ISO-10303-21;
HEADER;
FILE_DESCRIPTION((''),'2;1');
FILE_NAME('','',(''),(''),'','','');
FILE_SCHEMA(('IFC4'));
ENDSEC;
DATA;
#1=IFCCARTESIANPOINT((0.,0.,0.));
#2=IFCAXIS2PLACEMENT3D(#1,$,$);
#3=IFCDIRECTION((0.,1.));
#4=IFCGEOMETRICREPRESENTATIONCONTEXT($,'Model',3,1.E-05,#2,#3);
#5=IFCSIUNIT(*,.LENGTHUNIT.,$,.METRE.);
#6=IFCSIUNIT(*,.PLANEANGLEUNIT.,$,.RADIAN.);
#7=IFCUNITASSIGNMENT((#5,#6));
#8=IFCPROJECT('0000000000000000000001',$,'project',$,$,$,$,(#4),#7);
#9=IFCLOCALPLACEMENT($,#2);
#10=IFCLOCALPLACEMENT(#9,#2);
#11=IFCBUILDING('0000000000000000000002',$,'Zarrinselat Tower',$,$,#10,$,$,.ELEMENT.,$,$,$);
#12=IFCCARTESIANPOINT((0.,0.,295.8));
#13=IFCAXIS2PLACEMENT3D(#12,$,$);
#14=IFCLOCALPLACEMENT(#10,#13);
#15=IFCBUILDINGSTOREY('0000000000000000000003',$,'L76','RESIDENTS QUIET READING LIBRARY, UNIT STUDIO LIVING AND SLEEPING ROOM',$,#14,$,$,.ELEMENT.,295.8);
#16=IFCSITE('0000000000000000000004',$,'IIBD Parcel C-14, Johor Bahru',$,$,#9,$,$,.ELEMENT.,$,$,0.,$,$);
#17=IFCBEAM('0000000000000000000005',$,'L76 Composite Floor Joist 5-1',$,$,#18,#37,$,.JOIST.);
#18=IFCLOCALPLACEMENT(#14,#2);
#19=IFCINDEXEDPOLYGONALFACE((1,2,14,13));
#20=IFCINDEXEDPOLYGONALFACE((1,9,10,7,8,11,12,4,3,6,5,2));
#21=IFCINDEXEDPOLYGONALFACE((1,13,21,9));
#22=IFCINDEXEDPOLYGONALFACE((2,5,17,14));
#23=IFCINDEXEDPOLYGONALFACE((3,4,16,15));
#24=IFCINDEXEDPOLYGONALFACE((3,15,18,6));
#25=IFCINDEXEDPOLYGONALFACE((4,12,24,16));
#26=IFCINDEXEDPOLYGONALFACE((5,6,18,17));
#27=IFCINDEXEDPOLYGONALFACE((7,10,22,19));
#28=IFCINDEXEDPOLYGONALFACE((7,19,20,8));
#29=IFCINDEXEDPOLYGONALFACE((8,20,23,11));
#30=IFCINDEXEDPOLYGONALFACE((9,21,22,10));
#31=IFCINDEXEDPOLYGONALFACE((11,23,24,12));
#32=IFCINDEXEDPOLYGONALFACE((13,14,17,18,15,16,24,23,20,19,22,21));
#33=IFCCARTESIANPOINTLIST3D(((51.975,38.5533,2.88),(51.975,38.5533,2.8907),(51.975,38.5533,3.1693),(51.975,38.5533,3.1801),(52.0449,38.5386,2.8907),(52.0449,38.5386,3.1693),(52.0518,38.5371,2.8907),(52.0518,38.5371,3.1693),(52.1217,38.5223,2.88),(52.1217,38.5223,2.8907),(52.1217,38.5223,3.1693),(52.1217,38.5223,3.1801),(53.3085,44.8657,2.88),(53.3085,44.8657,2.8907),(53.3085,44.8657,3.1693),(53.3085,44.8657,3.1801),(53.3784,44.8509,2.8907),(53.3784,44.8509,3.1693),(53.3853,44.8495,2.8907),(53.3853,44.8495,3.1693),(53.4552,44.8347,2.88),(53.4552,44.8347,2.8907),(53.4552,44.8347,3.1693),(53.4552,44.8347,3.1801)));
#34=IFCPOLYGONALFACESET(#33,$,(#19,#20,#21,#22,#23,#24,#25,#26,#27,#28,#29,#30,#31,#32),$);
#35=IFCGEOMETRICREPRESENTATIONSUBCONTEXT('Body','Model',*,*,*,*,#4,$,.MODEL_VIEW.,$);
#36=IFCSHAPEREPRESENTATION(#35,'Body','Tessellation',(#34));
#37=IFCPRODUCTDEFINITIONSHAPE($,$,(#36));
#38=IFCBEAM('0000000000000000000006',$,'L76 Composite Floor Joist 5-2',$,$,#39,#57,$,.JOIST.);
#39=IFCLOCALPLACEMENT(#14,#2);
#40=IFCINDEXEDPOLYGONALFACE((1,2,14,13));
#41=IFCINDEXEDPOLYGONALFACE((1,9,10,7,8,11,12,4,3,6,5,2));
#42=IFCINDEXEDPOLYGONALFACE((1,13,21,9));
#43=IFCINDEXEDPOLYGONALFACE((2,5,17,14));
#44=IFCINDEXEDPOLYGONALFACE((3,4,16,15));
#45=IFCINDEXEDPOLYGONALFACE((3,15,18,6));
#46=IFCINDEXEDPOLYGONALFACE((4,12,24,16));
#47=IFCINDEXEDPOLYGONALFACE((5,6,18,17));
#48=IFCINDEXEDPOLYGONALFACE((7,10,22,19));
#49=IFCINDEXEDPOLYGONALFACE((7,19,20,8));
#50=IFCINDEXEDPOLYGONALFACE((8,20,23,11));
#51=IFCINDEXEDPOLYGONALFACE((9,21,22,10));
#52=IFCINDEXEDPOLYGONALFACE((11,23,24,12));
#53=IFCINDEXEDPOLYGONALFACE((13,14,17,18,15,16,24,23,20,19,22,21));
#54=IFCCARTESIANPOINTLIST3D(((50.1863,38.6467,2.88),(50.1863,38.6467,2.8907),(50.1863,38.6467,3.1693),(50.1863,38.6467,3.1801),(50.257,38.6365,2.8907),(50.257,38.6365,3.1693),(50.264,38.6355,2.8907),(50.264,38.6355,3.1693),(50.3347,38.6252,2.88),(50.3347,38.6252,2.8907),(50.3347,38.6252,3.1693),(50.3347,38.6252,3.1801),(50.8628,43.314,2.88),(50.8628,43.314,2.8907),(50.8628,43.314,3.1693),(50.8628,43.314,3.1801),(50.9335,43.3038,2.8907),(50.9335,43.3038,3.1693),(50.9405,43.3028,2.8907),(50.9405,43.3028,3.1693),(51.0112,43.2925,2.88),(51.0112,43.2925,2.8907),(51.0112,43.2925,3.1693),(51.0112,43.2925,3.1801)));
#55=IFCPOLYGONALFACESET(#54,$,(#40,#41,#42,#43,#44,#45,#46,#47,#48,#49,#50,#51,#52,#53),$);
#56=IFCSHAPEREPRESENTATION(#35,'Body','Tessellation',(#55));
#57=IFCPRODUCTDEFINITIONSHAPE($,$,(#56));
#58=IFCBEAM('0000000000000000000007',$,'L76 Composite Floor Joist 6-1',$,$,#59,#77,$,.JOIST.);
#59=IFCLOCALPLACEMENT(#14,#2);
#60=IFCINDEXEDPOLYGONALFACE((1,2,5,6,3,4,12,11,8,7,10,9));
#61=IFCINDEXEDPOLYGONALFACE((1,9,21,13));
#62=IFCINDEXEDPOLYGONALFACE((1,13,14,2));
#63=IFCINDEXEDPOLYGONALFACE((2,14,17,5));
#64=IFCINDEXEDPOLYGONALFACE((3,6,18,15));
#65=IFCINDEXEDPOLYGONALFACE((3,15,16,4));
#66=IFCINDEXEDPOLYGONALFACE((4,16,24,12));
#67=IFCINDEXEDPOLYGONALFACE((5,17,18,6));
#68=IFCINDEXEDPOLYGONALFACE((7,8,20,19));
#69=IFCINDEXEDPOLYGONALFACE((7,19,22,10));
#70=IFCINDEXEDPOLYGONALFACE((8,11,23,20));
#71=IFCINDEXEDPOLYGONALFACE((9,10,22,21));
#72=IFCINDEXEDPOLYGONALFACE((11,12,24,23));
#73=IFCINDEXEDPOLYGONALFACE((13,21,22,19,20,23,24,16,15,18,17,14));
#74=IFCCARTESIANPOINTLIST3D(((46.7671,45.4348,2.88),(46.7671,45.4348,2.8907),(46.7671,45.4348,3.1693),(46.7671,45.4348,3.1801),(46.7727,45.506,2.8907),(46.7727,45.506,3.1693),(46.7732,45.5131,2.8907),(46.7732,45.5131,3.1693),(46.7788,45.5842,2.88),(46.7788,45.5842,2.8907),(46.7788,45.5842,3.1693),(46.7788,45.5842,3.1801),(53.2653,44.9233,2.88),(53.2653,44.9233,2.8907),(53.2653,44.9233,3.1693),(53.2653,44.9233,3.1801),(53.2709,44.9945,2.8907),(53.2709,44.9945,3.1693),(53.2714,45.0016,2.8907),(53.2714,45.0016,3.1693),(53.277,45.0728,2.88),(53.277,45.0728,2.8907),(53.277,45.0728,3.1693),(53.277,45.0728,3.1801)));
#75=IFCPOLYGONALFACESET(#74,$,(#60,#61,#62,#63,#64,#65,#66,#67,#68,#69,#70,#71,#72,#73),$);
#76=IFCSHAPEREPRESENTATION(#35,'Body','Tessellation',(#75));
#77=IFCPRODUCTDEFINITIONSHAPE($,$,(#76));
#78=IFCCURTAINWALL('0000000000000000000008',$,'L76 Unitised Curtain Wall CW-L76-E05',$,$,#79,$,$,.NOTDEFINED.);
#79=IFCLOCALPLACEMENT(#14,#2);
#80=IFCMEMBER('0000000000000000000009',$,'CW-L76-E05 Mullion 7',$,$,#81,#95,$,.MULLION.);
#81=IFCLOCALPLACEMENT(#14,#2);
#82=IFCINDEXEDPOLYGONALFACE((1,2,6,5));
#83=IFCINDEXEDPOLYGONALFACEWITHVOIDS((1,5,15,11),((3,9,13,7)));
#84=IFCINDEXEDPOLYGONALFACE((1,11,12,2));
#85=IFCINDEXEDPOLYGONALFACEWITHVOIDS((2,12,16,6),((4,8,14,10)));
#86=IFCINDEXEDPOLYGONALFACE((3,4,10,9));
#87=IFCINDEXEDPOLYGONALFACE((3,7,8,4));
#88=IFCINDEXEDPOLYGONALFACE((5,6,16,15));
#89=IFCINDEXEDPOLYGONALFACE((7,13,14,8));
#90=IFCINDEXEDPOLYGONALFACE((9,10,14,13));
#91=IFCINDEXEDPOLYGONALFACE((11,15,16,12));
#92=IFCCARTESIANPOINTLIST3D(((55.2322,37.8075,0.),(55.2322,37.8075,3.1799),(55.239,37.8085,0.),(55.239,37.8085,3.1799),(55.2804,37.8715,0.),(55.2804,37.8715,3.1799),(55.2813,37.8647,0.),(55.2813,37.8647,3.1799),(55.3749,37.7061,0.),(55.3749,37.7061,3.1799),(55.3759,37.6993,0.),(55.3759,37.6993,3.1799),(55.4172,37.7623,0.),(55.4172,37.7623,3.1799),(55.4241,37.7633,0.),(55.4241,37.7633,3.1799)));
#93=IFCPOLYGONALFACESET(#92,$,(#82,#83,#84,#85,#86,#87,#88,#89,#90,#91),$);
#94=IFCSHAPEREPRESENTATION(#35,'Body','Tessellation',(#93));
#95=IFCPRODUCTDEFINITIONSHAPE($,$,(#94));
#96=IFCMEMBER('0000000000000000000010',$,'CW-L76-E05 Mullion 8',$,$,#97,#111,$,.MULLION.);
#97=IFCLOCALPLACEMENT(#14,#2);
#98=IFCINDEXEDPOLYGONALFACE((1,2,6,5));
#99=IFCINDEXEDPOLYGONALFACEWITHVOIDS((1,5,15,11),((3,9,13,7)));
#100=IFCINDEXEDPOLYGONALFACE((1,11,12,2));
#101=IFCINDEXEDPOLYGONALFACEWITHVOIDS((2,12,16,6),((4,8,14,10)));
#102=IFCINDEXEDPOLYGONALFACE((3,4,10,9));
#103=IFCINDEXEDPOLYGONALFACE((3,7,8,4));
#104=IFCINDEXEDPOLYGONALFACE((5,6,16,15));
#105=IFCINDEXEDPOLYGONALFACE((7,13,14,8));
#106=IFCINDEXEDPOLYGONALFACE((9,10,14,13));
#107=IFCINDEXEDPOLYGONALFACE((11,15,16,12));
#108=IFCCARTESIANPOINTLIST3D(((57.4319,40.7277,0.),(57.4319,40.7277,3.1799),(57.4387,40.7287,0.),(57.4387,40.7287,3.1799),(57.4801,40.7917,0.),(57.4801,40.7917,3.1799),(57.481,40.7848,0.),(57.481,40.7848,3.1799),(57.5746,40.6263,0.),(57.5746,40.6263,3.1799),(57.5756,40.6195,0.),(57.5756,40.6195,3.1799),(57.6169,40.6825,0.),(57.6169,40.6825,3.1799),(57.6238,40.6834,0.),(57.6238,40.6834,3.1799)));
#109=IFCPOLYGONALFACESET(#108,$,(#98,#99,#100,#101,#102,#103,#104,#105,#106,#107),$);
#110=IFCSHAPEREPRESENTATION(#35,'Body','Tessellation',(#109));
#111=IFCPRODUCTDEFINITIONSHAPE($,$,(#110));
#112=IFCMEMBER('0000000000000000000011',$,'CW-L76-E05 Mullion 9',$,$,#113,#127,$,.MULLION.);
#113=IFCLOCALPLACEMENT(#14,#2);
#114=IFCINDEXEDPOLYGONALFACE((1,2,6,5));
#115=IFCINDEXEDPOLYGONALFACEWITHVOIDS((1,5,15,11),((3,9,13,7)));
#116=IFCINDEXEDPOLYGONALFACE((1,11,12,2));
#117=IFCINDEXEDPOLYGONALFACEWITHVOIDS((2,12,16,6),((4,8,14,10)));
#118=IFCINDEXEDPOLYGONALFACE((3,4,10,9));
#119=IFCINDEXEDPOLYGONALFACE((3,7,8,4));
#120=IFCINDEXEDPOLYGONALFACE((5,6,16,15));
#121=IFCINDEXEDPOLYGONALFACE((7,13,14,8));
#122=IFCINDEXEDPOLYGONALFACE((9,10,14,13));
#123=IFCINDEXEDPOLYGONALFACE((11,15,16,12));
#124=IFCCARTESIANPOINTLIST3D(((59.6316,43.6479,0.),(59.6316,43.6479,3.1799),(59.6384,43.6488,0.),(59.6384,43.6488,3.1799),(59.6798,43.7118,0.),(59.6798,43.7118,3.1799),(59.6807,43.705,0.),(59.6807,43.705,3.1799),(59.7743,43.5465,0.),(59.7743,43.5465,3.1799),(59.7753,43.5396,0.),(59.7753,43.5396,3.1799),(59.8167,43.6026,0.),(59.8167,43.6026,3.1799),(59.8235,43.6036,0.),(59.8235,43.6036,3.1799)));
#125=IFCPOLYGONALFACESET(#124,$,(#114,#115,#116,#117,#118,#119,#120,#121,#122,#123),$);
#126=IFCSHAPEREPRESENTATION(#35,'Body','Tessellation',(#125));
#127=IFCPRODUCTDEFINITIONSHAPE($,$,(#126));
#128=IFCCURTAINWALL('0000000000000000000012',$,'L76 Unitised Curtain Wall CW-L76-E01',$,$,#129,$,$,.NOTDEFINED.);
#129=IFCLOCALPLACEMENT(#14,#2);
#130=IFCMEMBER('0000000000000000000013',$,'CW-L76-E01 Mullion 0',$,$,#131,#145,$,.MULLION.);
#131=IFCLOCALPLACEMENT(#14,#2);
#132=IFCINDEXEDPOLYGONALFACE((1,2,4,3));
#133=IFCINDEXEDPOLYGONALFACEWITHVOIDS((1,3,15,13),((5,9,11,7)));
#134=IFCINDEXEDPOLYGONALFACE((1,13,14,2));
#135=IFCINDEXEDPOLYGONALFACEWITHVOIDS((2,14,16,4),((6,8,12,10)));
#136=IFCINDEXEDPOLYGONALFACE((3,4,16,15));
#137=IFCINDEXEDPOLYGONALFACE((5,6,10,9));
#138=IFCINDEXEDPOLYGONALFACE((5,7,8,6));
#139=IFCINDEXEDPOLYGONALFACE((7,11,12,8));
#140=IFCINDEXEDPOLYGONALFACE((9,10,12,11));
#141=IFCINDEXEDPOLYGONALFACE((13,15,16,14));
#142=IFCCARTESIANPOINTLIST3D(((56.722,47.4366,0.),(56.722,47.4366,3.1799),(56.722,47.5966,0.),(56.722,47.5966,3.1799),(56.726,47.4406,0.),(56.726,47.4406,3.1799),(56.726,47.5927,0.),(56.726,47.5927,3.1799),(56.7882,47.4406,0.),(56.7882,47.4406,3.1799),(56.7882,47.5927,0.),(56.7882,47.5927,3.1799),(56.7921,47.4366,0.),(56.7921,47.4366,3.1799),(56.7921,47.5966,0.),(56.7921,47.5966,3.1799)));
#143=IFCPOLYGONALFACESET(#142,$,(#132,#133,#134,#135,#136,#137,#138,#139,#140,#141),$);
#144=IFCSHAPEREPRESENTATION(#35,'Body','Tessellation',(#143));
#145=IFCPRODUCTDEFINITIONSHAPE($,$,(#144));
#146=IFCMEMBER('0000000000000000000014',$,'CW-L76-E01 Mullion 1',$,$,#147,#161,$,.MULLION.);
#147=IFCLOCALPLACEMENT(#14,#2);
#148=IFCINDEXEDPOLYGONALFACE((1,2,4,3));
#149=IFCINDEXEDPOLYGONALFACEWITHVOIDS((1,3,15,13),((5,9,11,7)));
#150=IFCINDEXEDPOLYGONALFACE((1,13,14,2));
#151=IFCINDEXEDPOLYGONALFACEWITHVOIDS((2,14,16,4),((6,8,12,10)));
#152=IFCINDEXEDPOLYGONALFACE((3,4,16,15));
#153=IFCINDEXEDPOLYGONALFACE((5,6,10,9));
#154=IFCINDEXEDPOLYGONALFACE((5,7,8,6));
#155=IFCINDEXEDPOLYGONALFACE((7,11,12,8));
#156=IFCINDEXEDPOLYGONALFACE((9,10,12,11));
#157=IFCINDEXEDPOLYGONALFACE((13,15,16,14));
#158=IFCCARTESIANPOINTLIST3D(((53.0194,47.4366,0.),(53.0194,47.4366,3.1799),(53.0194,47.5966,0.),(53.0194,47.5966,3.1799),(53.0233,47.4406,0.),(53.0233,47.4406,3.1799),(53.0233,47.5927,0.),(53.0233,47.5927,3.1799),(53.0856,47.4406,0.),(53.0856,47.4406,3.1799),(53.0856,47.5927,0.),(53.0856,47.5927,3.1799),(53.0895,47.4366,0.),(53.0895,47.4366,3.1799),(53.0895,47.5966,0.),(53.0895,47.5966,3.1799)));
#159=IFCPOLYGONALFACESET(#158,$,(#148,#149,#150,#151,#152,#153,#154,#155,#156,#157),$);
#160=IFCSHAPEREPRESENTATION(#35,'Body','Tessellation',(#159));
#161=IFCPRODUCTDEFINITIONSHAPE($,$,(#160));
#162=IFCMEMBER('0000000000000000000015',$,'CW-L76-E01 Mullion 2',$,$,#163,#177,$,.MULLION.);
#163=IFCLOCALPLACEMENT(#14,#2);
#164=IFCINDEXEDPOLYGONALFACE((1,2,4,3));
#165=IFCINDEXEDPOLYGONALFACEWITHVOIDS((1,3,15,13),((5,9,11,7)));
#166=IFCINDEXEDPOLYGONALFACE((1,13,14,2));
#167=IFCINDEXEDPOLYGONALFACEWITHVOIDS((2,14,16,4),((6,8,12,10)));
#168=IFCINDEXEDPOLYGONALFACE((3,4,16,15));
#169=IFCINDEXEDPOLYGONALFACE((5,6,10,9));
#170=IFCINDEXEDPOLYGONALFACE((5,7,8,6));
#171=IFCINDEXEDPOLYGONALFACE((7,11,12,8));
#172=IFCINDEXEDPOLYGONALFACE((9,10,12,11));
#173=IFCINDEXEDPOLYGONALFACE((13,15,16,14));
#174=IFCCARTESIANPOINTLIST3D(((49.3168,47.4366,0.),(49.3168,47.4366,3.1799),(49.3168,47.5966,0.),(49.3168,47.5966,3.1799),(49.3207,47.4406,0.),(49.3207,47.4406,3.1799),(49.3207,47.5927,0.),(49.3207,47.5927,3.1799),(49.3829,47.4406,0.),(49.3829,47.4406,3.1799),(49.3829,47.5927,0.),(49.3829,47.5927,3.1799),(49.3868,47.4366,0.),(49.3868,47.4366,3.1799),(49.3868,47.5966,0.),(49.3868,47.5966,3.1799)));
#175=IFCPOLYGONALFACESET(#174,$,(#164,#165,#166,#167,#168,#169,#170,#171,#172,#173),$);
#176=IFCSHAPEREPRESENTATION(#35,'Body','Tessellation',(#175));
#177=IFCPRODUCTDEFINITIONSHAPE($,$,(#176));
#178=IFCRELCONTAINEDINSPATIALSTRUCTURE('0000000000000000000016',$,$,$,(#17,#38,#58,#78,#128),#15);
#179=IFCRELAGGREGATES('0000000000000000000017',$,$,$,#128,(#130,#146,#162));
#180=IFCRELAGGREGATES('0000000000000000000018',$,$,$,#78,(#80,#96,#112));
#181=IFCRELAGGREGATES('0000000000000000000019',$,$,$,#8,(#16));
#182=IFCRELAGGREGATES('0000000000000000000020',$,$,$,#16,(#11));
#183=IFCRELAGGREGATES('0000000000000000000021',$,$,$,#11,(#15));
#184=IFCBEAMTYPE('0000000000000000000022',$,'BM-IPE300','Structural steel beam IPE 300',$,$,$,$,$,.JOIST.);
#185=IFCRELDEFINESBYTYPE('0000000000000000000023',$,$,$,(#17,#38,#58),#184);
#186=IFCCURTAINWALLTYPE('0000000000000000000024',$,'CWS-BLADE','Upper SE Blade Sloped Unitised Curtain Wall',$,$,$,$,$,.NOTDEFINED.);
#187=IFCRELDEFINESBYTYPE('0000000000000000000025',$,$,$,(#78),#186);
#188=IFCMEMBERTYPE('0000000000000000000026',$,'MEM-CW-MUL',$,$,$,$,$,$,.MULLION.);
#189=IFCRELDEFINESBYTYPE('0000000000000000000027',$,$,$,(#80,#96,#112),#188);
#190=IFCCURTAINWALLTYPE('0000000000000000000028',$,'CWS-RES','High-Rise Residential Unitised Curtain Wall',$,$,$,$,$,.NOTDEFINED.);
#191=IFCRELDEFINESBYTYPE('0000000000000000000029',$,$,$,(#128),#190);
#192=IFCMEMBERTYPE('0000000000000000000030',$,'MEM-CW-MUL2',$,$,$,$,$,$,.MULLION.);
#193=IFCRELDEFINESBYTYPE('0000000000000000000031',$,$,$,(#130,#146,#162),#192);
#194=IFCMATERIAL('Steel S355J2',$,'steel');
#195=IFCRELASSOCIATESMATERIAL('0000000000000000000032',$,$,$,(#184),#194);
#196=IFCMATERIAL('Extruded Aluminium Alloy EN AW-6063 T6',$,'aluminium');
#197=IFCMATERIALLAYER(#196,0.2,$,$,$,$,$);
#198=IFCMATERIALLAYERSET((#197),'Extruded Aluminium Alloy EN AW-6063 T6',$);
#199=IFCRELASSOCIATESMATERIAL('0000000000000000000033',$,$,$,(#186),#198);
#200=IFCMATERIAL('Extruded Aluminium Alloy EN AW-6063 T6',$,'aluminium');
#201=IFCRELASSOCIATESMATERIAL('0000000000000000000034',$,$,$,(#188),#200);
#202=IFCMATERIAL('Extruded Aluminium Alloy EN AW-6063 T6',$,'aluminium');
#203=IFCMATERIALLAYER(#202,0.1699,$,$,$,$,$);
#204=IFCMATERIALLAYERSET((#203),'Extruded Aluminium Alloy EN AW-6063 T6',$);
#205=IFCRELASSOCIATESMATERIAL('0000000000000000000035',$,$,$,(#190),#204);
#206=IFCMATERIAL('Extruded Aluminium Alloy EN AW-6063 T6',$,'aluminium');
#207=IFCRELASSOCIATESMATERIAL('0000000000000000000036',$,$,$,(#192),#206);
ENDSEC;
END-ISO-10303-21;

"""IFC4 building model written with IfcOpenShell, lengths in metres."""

from ifc_helpers import new_model, si_unit, direction, frame, origin, origin_2d, place, context, subcontext, project, spatial, hollow_rectangle, i_section, extrude, material, layer, layer_set, material_profile, profile_set, type_object, element, aggregate, save


model = new_model("IFC4")

# Units and contexts
model_context = context("Model", 3, precision=1e-05, world=origin(), true_north=direction((0.0, 1.0)))
body_context = subcontext(model_context, "Body", "Model", "MODEL_VIEW")
ifc_project = project(units=[si_unit("LENGTHUNIT", "METRE"), si_unit("PLANEANGLEUNIT", "RADIAN")], contexts=[model_context])

# Site, building, storey
site_placement = place(None, origin())
site = spatial("IfcSite", under=ifc_project, at=site_placement, Name="IIBD Parcel C-14, Johor Bahru", CompositionType="ELEMENT", RefElevation=0.0)
building_placement = place(site_placement, origin())
building = spatial("IfcBuilding", under=site, at=building_placement, Name="Zarrinselat Tower", CompositionType="ELEMENT")
storey_placement = place(building_placement, frame((0.0, 0.0, 295.8)))
storey = spatial("IfcBuildingStorey", under=building, at=storey_placement, Name="L76", Description="RESIDENTS QUIET READING LIBRARY, UNIT STUDIO LIVING AND SLEEPING ROOM", CompositionType="ELEMENT", Elevation=295.8)

# Beams
ifc_material_1 = material(Name="Steel S355J2", Category="steel")
ifc_material_profile_1 = material_profile(ifc_material_1, i_section(OverallWidth=0.1499, OverallDepth=0.3, WebThickness=0.0071, FlangeThickness=0.0107, at=origin_2d()), Name="IPE 300")
ifc_profile_set_1 = profile_set([ifc_material_profile_1], Name="Steel S355J2")
beam_type_1 = type_object("IfcBeamType", Name="BM-IPE300", Description="Structural steel beam IPE 300", PredefinedType="JOIST", material=ifc_profile_set_1)
beam_1_placement = place(storey_placement, frame((52.0483, 38.5378, 3.03), z_axis=(0.206693, 0.978406, 0.0), x_axis=(-0.978406, 0.206693, 0.0)))
element("IfcBeam", 1, at=beam_1_placement, inside=storey, type_object=beam_type_1, Name="L76 Composite Floor Joist 5-1", PredefinedType="JOIST", context=body_context, shape_type="SweptSolid", body=[
    extrude(i_section(OverallWidth=0.1499, OverallDepth=0.3, WebThickness=0.0071, FlangeThickness=0.0107, at=origin_2d()), origin(), (0.0, 0.0, 1.0), 6.4517),
])
beam_2_placement = place(storey_placement, frame((50.2605, 38.636, 3.03), z_axis=(0.14345, 0.989658, 0.0), x_axis=(-0.989658, 0.14345, 0.0)))
element("IfcBeam", 2, at=beam_2_placement, inside=storey, type_object=beam_type_1, Name="L76 Composite Floor Joist 5-2", PredefinedType="JOIST", context=body_context, shape_type="SweptSolid", body=[
    extrude(i_section(OverallWidth=0.1499, OverallDepth=0.3, WebThickness=0.0071, FlangeThickness=0.0107, at=origin_2d()), origin(), (0.0, 0.0, 1.0), 4.7161),
])
beam_3_placement = place(storey_placement, frame((46.7729, 45.5095, 3.03), z_axis=(0.996917, -0.078466, 0.0), x_axis=(0.078466, 0.996917, 0.0)))
element("IfcBeam", 3, at=beam_3_placement, inside=storey, type_object=beam_type_1, Name="L76 Composite Floor Joist 6-1", PredefinedType="JOIST", context=body_context, shape_type="SweptSolid", body=[
    extrude(i_section(OverallWidth=0.1499, OverallDepth=0.3, WebThickness=0.0071, FlangeThickness=0.0107, at=origin_2d()), origin(), (0.0, 0.0, 1.0), 6.5183),
])

# Curtain walls, members
ifc_material_2 = material(Name="Extruded Aluminium Alloy EN AW-6063 T6", Category="aluminium")
ifc_layer_1 = layer(ifc_material_2, 0.2)
ifc_layer_set_1 = layer_set([ifc_layer_1], Name="Extruded Aluminium Alloy EN AW-6063 T6")
curtain_wall_type_1 = type_object("IfcCurtainWallType", Name="CWS-BLADE", Description="Upper SE Blade Sloped Unitised Curtain Wall", PredefinedType="NOTDEFINED", material=ifc_layer_set_1)
curtain_wall_1_placement = place(storey_placement, origin())
curtain_wall_1 = element("IfcCurtainWall", 4, at=curtain_wall_1_placement, inside=storey, type_object=curtain_wall_type_1, Name="L76 Unitised Curtain Wall CW-L76-E05", PredefinedType="NOTDEFINED")
ifc_material_3 = material(Name="Extruded Aluminium Alloy EN AW-6063 T6", Category="aluminium")
ifc_material_profile_2 = material_profile(ifc_material_3, hollow_rectangle(XDim=0.0801, YDim=0.1799, WallThickness=0.0049, at=origin_2d()), Name="RHS 180x80x5")
ifc_profile_set_2 = profile_set([ifc_material_profile_2], Name="Extruded Aluminium Alloy EN AW-6063 T6")
member_type_1 = type_object("IfcMemberType", Name="MEM-CW-MUL", PredefinedType="MULLION", material=ifc_profile_set_2)
member_1_placement = place(storey_placement, frame((55.3281, 37.7854, 0.0), z_axis=(0.0, 0.0, 1.0), x_axis=(0.601673, 0.798743, 0.0)))
member_1 = element("IfcMember", 5, at=member_1_placement, type_object=member_type_1, Name="CW-L76-E05 Mullion 7", PredefinedType="MULLION", context=body_context, shape_type="SweptSolid", body=[
    extrude(hollow_rectangle(XDim=0.0801, YDim=0.1799, WallThickness=0.0049, at=origin_2d()), origin(), (0.0, 0.0, 1.0), 3.1799),
])
member_2_placement = place(storey_placement, frame((57.5278, 40.7056, 0.0), z_axis=(0.0, 0.0, 1.0), x_axis=(0.601673, 0.798743, 0.0)))
member_2 = element("IfcMember", 6, at=member_2_placement, type_object=member_type_1, Name="CW-L76-E05 Mullion 8", PredefinedType="MULLION", context=body_context, shape_type="SweptSolid", body=[
    extrude(hollow_rectangle(XDim=0.0801, YDim=0.1799, WallThickness=0.0049, at=origin_2d()), origin(), (0.0, 0.0, 1.0), 3.1799),
])
member_3_placement = place(storey_placement, frame((59.7275, 43.6257, 0.0), z_axis=(0.0, 0.0, 1.0), x_axis=(0.601673, 0.798743, 0.0)))
member_3 = element("IfcMember", 7, at=member_3_placement, type_object=member_type_1, Name="CW-L76-E05 Mullion 9", PredefinedType="MULLION", context=body_context, shape_type="SweptSolid", body=[
    extrude(hollow_rectangle(XDim=0.0801, YDim=0.1799, WallThickness=0.0049, at=origin_2d()), origin(), (0.0, 0.0, 1.0), 3.1799),
])
ifc_material_4 = material(Name="Extruded Aluminium Alloy EN AW-6063 T6", Category="aluminium")
ifc_layer_2 = layer(ifc_material_4, 0.1699)
ifc_layer_set_2 = layer_set([ifc_layer_2], Name="Extruded Aluminium Alloy EN AW-6063 T6")
curtain_wall_type_2 = type_object("IfcCurtainWallType", Name="CWS-RES", Description="High-Rise Residential Unitised Curtain Wall", PredefinedType="NOTDEFINED", material=ifc_layer_set_2)
curtain_wall_2_placement = place(storey_placement, origin())
curtain_wall_2 = element("IfcCurtainWall", 8, at=curtain_wall_2_placement, inside=storey, type_object=curtain_wall_type_2, Name="L76 Unitised Curtain Wall CW-L76-E01", PredefinedType="NOTDEFINED")
ifc_material_5 = material(Name="Extruded Aluminium Alloy EN AW-6063 T6", Category="aluminium")
ifc_material_profile_3 = material_profile(ifc_material_5, hollow_rectangle(XDim=0.0701, YDim=0.1599, WallThickness=0.0039, at=origin_2d()), Name="RHS 160x70x4")
ifc_profile_set_3 = profile_set([ifc_material_profile_3], Name="Extruded Aluminium Alloy EN AW-6063 T6")
member_type_2 = type_object("IfcMemberType", Name="MEM-CW-MUL2", PredefinedType="MULLION", material=ifc_profile_set_3)
member_4_placement = place(storey_placement, frame((56.7571, 47.5166, 0.0), z_axis=(0.0, 0.0, 1.0), x_axis=(-1.0, 0.0, 0.0)))
member_4 = element("IfcMember", 9, at=member_4_placement, type_object=member_type_2, Name="CW-L76-E01 Mullion 0", PredefinedType="MULLION", context=body_context, shape_type="SweptSolid", body=[
    extrude(hollow_rectangle(XDim=0.0701, YDim=0.1599, WallThickness=0.0039, at=origin_2d()), origin(), (0.0, 0.0, 1.0), 3.1799),
])
member_5_placement = place(storey_placement, frame((53.0544, 47.5166, 0.0), z_axis=(0.0, 0.0, 1.0), x_axis=(-1.0, 0.0, 0.0)))
member_5 = element("IfcMember", 10, at=member_5_placement, type_object=member_type_2, Name="CW-L76-E01 Mullion 1", PredefinedType="MULLION", context=body_context, shape_type="SweptSolid", body=[
    extrude(hollow_rectangle(XDim=0.0701, YDim=0.1599, WallThickness=0.0039, at=origin_2d()), origin(), (0.0, 0.0, 1.0), 3.1799),
])
member_6_placement = place(storey_placement, frame((49.3518, 47.5166, 0.0), z_axis=(0.0, 0.0, 1.0), x_axis=(-1.0, 0.0, 0.0)))
member_6 = element("IfcMember", 11, at=member_6_placement, type_object=member_type_2, Name="CW-L76-E01 Mullion 2", PredefinedType="MULLION", context=body_context, shape_type="SweptSolid", body=[
    extrude(hollow_rectangle(XDim=0.0701, YDim=0.1599, WallThickness=0.0039, at=origin_2d()), origin(), (0.0, 0.0, 1.0), 3.1799),
])

aggregate(curtain_wall_2, [member_4, member_5, member_6])
aggregate(curtain_wall_1, [member_1, member_2, member_3])

save(model, "model.ifc")
